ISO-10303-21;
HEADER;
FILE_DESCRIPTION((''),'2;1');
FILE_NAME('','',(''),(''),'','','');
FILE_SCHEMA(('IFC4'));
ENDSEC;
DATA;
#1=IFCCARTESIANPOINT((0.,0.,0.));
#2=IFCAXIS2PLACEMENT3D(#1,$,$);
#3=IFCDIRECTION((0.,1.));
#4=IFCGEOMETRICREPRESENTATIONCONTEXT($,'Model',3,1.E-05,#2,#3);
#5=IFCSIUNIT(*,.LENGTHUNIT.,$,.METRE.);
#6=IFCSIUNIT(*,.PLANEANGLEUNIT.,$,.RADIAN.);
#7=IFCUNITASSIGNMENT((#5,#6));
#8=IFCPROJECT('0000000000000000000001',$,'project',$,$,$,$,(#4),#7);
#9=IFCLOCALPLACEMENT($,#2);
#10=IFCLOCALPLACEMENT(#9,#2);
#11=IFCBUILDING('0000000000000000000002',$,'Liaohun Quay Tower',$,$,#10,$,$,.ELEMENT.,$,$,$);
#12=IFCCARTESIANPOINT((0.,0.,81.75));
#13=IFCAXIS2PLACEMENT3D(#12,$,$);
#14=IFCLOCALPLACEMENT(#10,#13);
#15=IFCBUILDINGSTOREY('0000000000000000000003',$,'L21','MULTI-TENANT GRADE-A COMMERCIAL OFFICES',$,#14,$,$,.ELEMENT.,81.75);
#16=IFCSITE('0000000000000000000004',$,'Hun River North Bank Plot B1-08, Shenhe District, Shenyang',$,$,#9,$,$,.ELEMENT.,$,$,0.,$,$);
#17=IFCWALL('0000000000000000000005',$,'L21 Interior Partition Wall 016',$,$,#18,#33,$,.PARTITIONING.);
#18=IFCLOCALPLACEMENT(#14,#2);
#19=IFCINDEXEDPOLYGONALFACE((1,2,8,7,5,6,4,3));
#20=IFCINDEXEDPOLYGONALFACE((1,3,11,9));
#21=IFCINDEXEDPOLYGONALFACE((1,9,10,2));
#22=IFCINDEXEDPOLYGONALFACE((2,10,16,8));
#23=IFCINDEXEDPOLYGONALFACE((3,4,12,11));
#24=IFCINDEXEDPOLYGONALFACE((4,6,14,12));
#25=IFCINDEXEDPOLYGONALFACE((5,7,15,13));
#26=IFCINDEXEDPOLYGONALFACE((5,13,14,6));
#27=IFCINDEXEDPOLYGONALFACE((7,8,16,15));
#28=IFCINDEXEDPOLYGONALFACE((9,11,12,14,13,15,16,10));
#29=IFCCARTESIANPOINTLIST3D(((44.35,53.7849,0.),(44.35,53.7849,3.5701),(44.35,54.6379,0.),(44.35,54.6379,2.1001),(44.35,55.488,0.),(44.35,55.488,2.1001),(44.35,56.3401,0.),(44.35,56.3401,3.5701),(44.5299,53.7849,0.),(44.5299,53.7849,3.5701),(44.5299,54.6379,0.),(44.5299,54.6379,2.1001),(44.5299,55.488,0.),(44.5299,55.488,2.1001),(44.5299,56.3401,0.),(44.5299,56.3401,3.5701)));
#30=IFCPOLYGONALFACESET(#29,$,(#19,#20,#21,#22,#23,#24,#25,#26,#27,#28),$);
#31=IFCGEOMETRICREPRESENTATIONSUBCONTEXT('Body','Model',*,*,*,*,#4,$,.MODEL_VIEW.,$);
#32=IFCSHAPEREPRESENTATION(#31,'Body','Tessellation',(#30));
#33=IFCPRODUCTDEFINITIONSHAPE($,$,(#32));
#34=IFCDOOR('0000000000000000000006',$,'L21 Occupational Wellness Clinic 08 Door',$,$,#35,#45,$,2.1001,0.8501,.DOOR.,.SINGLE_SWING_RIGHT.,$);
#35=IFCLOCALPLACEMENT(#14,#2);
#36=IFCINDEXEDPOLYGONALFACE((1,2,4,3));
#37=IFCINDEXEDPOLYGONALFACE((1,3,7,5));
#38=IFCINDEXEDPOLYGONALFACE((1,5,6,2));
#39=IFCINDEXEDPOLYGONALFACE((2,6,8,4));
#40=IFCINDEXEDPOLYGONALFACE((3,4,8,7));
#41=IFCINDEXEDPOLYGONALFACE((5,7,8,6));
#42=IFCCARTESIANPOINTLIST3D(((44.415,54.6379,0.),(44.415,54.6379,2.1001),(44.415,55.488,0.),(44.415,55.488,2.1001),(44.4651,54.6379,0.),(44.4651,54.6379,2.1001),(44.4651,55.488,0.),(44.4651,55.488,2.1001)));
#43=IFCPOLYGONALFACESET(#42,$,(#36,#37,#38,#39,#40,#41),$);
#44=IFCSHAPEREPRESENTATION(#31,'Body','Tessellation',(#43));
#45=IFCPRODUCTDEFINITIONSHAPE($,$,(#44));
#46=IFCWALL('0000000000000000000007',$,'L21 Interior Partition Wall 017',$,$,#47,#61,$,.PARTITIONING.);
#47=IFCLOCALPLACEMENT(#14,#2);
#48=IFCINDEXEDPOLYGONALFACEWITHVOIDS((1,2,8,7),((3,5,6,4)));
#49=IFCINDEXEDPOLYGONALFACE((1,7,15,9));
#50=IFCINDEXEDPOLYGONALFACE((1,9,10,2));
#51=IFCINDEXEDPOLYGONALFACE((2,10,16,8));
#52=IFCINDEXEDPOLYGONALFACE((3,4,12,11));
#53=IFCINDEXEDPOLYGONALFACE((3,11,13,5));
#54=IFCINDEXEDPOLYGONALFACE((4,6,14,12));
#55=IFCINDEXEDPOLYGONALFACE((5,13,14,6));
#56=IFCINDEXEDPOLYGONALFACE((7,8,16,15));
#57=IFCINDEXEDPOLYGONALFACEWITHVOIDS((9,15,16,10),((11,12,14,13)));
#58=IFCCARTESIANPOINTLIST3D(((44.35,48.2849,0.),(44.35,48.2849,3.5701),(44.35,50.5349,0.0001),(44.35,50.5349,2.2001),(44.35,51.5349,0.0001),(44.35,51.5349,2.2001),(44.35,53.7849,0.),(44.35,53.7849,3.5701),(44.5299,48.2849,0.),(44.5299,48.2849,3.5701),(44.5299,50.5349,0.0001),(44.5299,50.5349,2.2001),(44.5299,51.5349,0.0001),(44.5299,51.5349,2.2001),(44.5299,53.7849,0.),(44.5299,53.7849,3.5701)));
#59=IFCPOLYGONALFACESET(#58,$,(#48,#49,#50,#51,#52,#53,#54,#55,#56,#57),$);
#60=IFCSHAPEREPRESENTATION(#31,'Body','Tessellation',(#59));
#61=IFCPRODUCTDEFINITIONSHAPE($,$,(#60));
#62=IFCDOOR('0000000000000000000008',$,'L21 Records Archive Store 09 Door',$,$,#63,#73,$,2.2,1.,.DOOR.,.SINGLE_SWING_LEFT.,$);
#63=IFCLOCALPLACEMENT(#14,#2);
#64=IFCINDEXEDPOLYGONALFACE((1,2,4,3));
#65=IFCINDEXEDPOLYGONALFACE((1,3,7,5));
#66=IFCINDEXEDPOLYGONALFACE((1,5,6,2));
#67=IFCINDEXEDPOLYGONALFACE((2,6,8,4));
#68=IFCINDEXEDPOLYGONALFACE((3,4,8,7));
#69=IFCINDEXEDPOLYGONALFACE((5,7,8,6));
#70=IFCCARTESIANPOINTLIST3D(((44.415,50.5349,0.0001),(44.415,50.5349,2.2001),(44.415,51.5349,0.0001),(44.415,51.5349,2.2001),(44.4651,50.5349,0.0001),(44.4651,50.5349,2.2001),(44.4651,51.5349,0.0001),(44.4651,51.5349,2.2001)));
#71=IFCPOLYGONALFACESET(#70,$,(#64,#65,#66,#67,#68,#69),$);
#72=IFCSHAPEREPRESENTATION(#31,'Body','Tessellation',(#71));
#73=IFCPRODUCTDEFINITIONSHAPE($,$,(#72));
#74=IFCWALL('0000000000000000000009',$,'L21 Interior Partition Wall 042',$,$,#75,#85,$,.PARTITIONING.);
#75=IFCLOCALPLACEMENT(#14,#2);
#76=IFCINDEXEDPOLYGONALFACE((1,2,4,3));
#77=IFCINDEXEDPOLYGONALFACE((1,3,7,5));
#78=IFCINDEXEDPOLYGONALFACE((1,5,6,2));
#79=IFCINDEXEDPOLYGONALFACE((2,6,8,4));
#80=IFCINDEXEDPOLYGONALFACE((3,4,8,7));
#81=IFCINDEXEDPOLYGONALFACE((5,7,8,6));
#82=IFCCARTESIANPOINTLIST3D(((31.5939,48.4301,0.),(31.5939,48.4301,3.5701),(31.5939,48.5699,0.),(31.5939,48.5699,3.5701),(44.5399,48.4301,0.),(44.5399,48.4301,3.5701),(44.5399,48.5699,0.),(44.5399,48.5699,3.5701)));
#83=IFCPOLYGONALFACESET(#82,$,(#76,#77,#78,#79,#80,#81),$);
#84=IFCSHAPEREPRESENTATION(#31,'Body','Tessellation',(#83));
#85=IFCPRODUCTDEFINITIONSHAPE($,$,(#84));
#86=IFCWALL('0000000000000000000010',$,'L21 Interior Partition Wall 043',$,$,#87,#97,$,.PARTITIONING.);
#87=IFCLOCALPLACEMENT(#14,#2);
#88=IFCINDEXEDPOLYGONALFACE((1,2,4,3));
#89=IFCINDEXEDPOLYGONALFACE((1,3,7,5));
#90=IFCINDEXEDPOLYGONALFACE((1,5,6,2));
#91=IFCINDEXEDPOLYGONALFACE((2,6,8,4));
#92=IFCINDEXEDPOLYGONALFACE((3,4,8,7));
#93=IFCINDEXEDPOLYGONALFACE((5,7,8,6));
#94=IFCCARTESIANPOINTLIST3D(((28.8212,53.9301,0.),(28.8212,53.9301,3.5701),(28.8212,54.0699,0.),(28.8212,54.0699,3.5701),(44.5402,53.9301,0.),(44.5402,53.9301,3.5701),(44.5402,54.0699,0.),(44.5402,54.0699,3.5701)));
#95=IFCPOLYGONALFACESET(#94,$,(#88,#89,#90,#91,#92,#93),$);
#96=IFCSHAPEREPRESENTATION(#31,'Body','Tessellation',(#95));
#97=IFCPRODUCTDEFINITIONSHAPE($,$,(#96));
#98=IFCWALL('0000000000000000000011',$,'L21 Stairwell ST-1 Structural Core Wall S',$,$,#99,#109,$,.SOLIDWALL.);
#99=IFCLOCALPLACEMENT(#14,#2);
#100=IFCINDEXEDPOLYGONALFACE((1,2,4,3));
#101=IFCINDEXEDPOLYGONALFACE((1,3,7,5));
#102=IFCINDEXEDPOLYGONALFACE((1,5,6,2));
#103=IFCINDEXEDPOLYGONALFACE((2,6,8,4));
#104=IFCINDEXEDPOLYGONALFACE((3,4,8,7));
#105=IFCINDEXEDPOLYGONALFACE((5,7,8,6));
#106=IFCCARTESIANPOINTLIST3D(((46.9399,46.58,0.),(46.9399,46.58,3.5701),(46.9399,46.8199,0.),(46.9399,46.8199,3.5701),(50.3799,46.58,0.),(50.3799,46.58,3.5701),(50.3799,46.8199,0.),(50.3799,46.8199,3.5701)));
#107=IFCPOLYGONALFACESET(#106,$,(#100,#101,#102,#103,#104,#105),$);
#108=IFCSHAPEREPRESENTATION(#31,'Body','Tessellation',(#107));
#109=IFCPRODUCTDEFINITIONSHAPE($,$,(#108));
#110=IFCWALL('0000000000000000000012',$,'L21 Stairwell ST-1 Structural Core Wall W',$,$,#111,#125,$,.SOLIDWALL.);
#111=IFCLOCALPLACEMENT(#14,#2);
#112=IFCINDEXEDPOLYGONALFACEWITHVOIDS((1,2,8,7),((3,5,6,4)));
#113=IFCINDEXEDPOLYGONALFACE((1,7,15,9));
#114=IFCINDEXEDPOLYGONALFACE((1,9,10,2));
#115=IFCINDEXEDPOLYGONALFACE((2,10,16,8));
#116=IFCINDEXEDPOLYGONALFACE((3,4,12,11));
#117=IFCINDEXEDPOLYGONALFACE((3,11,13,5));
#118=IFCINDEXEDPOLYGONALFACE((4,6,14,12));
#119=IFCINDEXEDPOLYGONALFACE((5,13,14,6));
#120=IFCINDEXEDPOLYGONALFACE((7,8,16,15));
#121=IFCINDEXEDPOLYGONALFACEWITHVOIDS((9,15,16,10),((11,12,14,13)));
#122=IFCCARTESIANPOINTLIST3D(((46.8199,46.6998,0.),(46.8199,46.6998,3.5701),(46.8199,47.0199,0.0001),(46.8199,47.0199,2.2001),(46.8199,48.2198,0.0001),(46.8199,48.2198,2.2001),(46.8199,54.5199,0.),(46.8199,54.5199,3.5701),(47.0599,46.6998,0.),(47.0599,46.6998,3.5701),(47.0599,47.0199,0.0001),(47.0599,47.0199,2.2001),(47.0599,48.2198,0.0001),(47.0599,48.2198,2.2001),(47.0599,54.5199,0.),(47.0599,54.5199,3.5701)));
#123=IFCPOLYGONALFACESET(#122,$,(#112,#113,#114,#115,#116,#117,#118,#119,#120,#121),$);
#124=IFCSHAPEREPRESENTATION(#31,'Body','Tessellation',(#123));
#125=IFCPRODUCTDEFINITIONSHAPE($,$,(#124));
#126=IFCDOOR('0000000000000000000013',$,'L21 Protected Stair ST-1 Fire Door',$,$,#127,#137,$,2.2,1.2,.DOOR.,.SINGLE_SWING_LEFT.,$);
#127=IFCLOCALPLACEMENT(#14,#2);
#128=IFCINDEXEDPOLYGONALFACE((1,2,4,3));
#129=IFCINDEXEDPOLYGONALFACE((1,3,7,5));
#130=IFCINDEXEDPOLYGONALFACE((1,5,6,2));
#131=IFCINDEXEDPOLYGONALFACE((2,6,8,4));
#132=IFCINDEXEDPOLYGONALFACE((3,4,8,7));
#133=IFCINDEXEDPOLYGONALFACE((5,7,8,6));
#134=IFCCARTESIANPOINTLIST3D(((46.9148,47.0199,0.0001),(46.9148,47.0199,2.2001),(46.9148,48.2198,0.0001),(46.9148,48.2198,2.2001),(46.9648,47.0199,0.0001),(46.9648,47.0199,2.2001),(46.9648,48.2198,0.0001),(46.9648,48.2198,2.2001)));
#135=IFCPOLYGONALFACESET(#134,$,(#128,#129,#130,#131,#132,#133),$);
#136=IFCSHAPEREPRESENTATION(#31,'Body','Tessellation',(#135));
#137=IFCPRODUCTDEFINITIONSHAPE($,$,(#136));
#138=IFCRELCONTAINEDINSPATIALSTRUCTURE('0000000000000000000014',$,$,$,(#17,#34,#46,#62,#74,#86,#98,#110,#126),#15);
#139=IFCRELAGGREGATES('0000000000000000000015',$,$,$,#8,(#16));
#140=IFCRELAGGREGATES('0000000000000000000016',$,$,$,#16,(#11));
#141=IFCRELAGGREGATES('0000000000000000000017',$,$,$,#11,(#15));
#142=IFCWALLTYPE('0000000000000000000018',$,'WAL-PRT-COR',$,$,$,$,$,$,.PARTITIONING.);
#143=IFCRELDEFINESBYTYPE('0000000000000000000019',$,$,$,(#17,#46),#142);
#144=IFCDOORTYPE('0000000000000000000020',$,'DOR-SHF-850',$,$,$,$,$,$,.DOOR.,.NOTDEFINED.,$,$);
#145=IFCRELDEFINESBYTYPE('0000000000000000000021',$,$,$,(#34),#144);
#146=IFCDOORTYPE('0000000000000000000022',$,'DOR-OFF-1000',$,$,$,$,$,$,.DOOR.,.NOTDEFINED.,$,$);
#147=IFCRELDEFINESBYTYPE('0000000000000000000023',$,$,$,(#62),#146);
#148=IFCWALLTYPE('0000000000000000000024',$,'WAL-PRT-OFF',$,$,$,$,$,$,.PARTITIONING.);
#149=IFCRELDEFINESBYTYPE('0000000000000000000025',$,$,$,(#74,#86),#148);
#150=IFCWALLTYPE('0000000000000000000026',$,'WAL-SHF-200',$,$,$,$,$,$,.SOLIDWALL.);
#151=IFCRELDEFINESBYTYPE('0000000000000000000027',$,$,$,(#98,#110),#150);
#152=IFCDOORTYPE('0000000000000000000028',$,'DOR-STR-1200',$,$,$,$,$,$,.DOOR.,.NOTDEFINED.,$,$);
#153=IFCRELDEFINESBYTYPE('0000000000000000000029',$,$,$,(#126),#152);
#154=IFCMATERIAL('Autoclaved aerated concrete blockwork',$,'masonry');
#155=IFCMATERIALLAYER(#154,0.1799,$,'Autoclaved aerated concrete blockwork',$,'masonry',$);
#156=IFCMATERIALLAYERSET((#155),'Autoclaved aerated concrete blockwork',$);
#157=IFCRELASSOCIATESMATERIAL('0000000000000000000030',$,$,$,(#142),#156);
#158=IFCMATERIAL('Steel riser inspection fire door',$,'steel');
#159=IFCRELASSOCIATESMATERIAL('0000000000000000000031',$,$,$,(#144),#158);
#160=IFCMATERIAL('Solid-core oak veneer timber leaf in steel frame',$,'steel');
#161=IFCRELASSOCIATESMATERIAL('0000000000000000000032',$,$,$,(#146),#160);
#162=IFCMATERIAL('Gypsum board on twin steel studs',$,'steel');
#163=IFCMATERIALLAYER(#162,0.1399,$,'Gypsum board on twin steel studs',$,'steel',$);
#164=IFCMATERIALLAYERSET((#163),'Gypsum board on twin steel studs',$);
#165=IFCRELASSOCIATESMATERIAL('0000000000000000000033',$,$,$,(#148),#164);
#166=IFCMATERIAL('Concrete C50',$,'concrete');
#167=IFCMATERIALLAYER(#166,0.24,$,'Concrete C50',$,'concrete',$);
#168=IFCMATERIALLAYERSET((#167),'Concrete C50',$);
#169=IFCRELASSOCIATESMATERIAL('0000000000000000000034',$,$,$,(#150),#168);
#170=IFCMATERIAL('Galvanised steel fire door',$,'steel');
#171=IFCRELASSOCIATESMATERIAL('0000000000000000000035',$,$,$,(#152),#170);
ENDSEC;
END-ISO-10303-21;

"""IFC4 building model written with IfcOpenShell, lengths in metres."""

from ifc_helpers import new_model, si_unit, direction, frame, frame_2d, origin, place, context, subcontext, project, spatial, rectangle, extrude, source, transform, mapped, material, layer, layer_set, type_object, element, fill, save


model = new_model("IFC4")

# Units and contexts
model_context = context("Model", 3, precision=1e-05, world=origin(), true_north=direction((0.0, 1.0)))
body_context = subcontext(model_context, "Body", "Model", "MODEL_VIEW")
ifc_project = project(units=[si_unit("LENGTHUNIT", "METRE"), si_unit("PLANEANGLEUNIT", "RADIAN")], contexts=[model_context])

# Site, building, storey
site_placement = place(None, origin())
site = spatial("IfcSite", under=ifc_project, at=site_placement, Name="Hun River North Bank Plot B1-08, Shenhe District, Shenyang", CompositionType="ELEMENT", RefElevation=0.0)
building_placement = place(site_placement, origin())
building = spatial("IfcBuilding", under=site, at=building_placement, Name="Liaohun Quay Tower", CompositionType="ELEMENT")
storey_placement = place(building_placement, frame((0.0, 0.0, 81.75)))
storey = spatial("IfcBuildingStorey", under=building, at=storey_placement, Name="L21", Description="MULTI-TENANT GRADE-A COMMERCIAL OFFICES", CompositionType="ELEMENT", Elevation=81.75)

# Walls, openings, doors
ifc_material_1 = material(Name="Autoclaved aerated concrete blockwork", Category="masonry")
ifc_layer_1 = layer(ifc_material_1, 0.1799, Name="Autoclaved aerated concrete blockwork", Category="masonry")
ifc_layer_set_1 = layer_set([ifc_layer_1], Name="Autoclaved aerated concrete blockwork")
wall_type_1 = type_object("IfcWallType", Name="WAL-PRT-COR", PredefinedType="PARTITIONING", material=ifc_layer_set_1)
wall_1_placement = place(storey_placement, frame((44.4399, 53.7849, 0.0), z_axis=(0.0, 0.0, 1.0), x_axis=(0.0, 1.0, 0.0)))
wall_1 = element("IfcWall", 1, at=wall_1_placement, inside=storey, type_object=wall_type_1, Name="L21 Interior Partition Wall 016", PredefinedType="PARTITIONING", context=body_context, shape_type="SweptSolid", body=[
    extrude(rectangle(XDim=2.5552, YDim=0.1799, at=frame_2d((1.2776, 0.0))), origin(), (0.0, 0.0, 1.0), 3.5701),
])
shared_shape_1 = source(origin(), body_context, "Body", "SweptSolid", [
    extrude(rectangle(XDim=0.8501, YDim=2.1001, at=frame_2d((0.425, 1.05))), frame((0.0, 0.0999, 0.0), z_axis=(0.0, -1.0, 0.0), x_axis=(1.0, 0.0, 0.0)), (0.0, 0.0, 1.0), 0.2),
])
opening_1_placement = place(wall_1_placement, frame((0.853, 0.0, 0.0)))
opening_1 = element("IfcOpeningElement", 2, at=opening_1_placement, cuts=wall_1, PredefinedType="OPENING", context=body_context, shape_type="MappedRepresentation", body=[
    mapped(shared_shape_1, transform((0.0, 0.0, 0.0), x_axis=(1.0, 0.0, 0.0), y_axis=(0.0, 1.0, 0.0), z_axis=(0.0, 0.0, 1.0), scale=1.0)),
])
ifc_material_2 = material(Name="Steel riser inspection fire door", Category="steel")
door_type_1 = type_object("IfcDoorType", Name="DOR-SHF-850", OperationType="NOTDEFINED", PredefinedType="DOOR", material=ifc_material_2)
shared_shape_2 = source(origin(), body_context, "Body", "SweptSolid", [
    extrude(rectangle(XDim=0.8501, YDim=2.1001, at=frame_2d((0.425, 1.05))), frame((0.0, 0.0249, 0.0), z_axis=(0.0, -1.0, 0.0), x_axis=(1.0, 0.0, 0.0)), (0.0, 0.0, 1.0), 0.05),
])
door_1_placement = place(opening_1_placement, origin())
door_1 = element("IfcDoor", 3, at=door_1_placement, inside=storey, type_object=door_type_1, Name="L21 Occupational Wellness Clinic 08 Door", OperationType="SINGLE_SWING_RIGHT", OverallHeight=2.1001, OverallWidth=0.8501, PredefinedType="DOOR", context=body_context, shape_type="MappedRepresentation", body=[
    mapped(shared_shape_2, transform((0.0, 0.0, 0.0), x_axis=(1.0, 0.0, 0.0), y_axis=(0.0, 1.0, 0.0), z_axis=(0.0, 0.0, 1.0), scale=1.0)),
])
fill(opening_1, door_1)
wall_2_placement = place(storey_placement, frame((44.4399, 48.2849, 0.0), z_axis=(0.0, 0.0, 1.0), x_axis=(0.0, 1.0, 0.0)))
wall_2 = element("IfcWall", 4, at=wall_2_placement, inside=storey, type_object=wall_type_1, Name="L21 Interior Partition Wall 017", PredefinedType="PARTITIONING", context=body_context, shape_type="SweptSolid", body=[
    extrude(rectangle(XDim=5.5, YDim=0.1799, at=frame_2d((2.75, 0.0))), origin(), (0.0, 0.0, 1.0), 3.5701),
])
shared_shape_3 = source(origin(), body_context, "Body", "SweptSolid", [
    extrude(rectangle(XDim=1.0, YDim=2.2, at=frame_2d((0.5, 1.1001))), frame((0.0, 0.0999, 0.0), z_axis=(0.0, -1.0, 0.0), x_axis=(1.0, 0.0, 0.0)), (0.0, 0.0, 1.0), 0.2),
])
opening_2_placement = place(wall_2_placement, frame((2.25, 0.0, 0.0)))
opening_2 = element("IfcOpeningElement", 5, at=opening_2_placement, cuts=wall_2, PredefinedType="OPENING", context=body_context, shape_type="MappedRepresentation", body=[
    mapped(shared_shape_3, transform((0.0, 0.0, 0.0), x_axis=(1.0, 0.0, 0.0), y_axis=(0.0, 1.0, 0.0), z_axis=(0.0, 0.0, 1.0), scale=1.0)),
])
ifc_material_3 = material(Name="Solid-core oak veneer timber leaf in steel frame", Category="steel")
door_type_2 = type_object("IfcDoorType", Name="DOR-OFF-1000", OperationType="NOTDEFINED", PredefinedType="DOOR", material=ifc_material_3)
shared_shape_4 = source(origin(), body_context, "Body", "SweptSolid", [
    extrude(rectangle(XDim=1.0, YDim=2.2, at=frame_2d((0.5, 1.1001))), frame((0.0, 0.0249, 0.0), z_axis=(0.0, -1.0, 0.0), x_axis=(1.0, 0.0, 0.0)), (0.0, 0.0, 1.0), 0.05),
])
door_2_placement = place(opening_2_placement, origin())
door_2 = element("IfcDoor", 6, at=door_2_placement, inside=storey, type_object=door_type_2, Name="L21 Records Archive Store 09 Door", OperationType="SINGLE_SWING_LEFT", OverallHeight=2.2, OverallWidth=1.0, PredefinedType="DOOR", context=body_context, shape_type="MappedRepresentation", body=[
    mapped(shared_shape_4, transform((0.0, 0.0, 0.0), x_axis=(1.0, 0.0, 0.0), y_axis=(0.0, 1.0, 0.0), z_axis=(0.0, 0.0, 1.0), scale=1.0)),
])
fill(opening_2, door_2)

# Walls
ifc_material_4 = material(Name="Gypsum board on twin steel studs", Category="steel")
ifc_layer_2 = layer(ifc_material_4, 0.1399, Name="Gypsum board on twin steel studs", Category="steel")
ifc_layer_set_2 = layer_set([ifc_layer_2], Name="Gypsum board on twin steel studs")
wall_type_2 = type_object("IfcWallType", Name="WAL-PRT-OFF", PredefinedType="PARTITIONING", material=ifc_layer_set_2)
wall_3_placement = place(storey_placement, frame((44.54, 48.5, 0.0), z_axis=(0.0, 0.0, 1.0), x_axis=(-1.0, 0.0, 0.0)))
element("IfcWall", 7, at=wall_3_placement, inside=storey, type_object=wall_type_2, Name="L21 Interior Partition Wall 042", PredefinedType="PARTITIONING", context=body_context, shape_type="SweptSolid", body=[
    extrude(rectangle(XDim=12.946, YDim=0.1399, at=frame_2d((6.4731, 0.0))), origin(), (0.0, 0.0, 1.0), 3.5701),
])
wall_4_placement = place(storey_placement, frame((44.54, 54.0, 0.0), z_axis=(0.0, 0.0, 1.0), x_axis=(-1.0, 0.0, 0.0)))
element("IfcWall", 8, at=wall_4_placement, inside=storey, type_object=wall_type_2, Name="L21 Interior Partition Wall 043", PredefinedType="PARTITIONING", context=body_context, shape_type="SweptSolid", body=[
    extrude(rectangle(XDim=15.719, YDim=0.1399, at=frame_2d((7.8594, 0.0))), origin(), (0.0, 0.0, 1.0), 3.5701),
])
ifc_material_5 = material(Name="Concrete C50", Category="concrete")
ifc_layer_3 = layer(ifc_material_5, 0.24, Name="Concrete C50", Category="concrete")
ifc_layer_set_3 = layer_set([ifc_layer_3], Name="Concrete C50")
wall_type_3 = type_object("IfcWallType", Name="WAL-SHF-200", PredefinedType="SOLIDWALL", material=ifc_layer_set_3)
wall_5_placement = place(storey_placement, frame((46.9399, 46.7, 0.0), z_axis=(0.0, 0.0, 1.0), x_axis=(1.0, 0.0, 0.0)))
element("IfcWall", 9, at=wall_5_placement, inside=storey, type_object=wall_type_3, Name="L21 Stairwell ST-1 Structural Core Wall S", PredefinedType="SOLIDWALL", context=body_context, shape_type="SweptSolid", body=[
    extrude(rectangle(XDim=3.4399, YDim=0.24, at=frame_2d((1.72, 0.0))), origin(), (0.0, 0.0, 1.0), 3.5701),
])

# Wall, opening, door
wall_6_placement = place(storey_placement, frame((46.9399, 54.52, 0.0), z_axis=(0.0, 0.0, 1.0), x_axis=(0.0, -1.0, 0.0)))
wall_6 = element("IfcWall", 10, at=wall_6_placement, inside=storey, type_object=wall_type_3, Name="L21 Stairwell ST-1 Structural Core Wall W", PredefinedType="SOLIDWALL", context=body_context, shape_type="SweptSolid", body=[
    extrude(rectangle(XDim=7.8201, YDim=0.24, at=frame_2d((3.9102, 0.0))), origin(), (0.0, 0.0, 1.0), 3.5701),
])
shared_shape_5 = source(origin(), body_context, "Body", "SweptSolid", [
    extrude(rectangle(XDim=1.2, YDim=2.2, at=frame_2d((0.6001, 1.1001))), frame((0.0, 0.1299, 0.0), z_axis=(0.0, -1.0, 0.0), x_axis=(1.0, 0.0, 0.0)), (0.0, 0.0, 1.0), 0.26),
])
opening_3_placement = place(wall_6_placement, frame((6.3, 0.0, 0.0)))
opening_3 = element("IfcOpeningElement", 11, at=opening_3_placement, cuts=wall_6, PredefinedType="OPENING", context=body_context, shape_type="MappedRepresentation", body=[
    mapped(shared_shape_5, transform((0.0, 0.0, 0.0), x_axis=(1.0, 0.0, 0.0), y_axis=(0.0, 1.0, 0.0), z_axis=(0.0, 0.0, 1.0), scale=1.0)),
])
ifc_material_6 = material(Name="Galvanised steel fire door", Category="steel")
door_type_3 = type_object("IfcDoorType", Name="DOR-STR-1200", OperationType="NOTDEFINED", PredefinedType="DOOR", material=ifc_material_6)
shared_shape_6 = source(origin(), body_context, "Body", "SweptSolid", [
    extrude(rectangle(XDim=1.2, YDim=2.2, at=frame_2d((0.6001, 1.1001))), frame((0.0, 0.0249, 0.0), z_axis=(0.0, -1.0, 0.0), x_axis=(1.0, 0.0, 0.0)), (0.0, 0.0, 1.0), 0.05),
])
door_3_placement = place(opening_3_placement, origin())
door_3 = element("IfcDoor", 12, at=door_3_placement, inside=storey, type_object=door_type_3, Name="L21 Protected Stair ST-1 Fire Door", OperationType="SINGLE_SWING_LEFT", OverallHeight=2.2, OverallWidth=1.2, PredefinedType="DOOR", context=body_context, shape_type="MappedRepresentation", body=[
    mapped(shared_shape_6, transform((0.0, 0.0, 0.0), x_axis=(1.0, 0.0, 0.0), y_axis=(0.0, 1.0, 0.0), z_axis=(0.0, 0.0, 1.0), scale=1.0)),
])
fill(opening_3, door_3)

save(model, "model.ifc")
